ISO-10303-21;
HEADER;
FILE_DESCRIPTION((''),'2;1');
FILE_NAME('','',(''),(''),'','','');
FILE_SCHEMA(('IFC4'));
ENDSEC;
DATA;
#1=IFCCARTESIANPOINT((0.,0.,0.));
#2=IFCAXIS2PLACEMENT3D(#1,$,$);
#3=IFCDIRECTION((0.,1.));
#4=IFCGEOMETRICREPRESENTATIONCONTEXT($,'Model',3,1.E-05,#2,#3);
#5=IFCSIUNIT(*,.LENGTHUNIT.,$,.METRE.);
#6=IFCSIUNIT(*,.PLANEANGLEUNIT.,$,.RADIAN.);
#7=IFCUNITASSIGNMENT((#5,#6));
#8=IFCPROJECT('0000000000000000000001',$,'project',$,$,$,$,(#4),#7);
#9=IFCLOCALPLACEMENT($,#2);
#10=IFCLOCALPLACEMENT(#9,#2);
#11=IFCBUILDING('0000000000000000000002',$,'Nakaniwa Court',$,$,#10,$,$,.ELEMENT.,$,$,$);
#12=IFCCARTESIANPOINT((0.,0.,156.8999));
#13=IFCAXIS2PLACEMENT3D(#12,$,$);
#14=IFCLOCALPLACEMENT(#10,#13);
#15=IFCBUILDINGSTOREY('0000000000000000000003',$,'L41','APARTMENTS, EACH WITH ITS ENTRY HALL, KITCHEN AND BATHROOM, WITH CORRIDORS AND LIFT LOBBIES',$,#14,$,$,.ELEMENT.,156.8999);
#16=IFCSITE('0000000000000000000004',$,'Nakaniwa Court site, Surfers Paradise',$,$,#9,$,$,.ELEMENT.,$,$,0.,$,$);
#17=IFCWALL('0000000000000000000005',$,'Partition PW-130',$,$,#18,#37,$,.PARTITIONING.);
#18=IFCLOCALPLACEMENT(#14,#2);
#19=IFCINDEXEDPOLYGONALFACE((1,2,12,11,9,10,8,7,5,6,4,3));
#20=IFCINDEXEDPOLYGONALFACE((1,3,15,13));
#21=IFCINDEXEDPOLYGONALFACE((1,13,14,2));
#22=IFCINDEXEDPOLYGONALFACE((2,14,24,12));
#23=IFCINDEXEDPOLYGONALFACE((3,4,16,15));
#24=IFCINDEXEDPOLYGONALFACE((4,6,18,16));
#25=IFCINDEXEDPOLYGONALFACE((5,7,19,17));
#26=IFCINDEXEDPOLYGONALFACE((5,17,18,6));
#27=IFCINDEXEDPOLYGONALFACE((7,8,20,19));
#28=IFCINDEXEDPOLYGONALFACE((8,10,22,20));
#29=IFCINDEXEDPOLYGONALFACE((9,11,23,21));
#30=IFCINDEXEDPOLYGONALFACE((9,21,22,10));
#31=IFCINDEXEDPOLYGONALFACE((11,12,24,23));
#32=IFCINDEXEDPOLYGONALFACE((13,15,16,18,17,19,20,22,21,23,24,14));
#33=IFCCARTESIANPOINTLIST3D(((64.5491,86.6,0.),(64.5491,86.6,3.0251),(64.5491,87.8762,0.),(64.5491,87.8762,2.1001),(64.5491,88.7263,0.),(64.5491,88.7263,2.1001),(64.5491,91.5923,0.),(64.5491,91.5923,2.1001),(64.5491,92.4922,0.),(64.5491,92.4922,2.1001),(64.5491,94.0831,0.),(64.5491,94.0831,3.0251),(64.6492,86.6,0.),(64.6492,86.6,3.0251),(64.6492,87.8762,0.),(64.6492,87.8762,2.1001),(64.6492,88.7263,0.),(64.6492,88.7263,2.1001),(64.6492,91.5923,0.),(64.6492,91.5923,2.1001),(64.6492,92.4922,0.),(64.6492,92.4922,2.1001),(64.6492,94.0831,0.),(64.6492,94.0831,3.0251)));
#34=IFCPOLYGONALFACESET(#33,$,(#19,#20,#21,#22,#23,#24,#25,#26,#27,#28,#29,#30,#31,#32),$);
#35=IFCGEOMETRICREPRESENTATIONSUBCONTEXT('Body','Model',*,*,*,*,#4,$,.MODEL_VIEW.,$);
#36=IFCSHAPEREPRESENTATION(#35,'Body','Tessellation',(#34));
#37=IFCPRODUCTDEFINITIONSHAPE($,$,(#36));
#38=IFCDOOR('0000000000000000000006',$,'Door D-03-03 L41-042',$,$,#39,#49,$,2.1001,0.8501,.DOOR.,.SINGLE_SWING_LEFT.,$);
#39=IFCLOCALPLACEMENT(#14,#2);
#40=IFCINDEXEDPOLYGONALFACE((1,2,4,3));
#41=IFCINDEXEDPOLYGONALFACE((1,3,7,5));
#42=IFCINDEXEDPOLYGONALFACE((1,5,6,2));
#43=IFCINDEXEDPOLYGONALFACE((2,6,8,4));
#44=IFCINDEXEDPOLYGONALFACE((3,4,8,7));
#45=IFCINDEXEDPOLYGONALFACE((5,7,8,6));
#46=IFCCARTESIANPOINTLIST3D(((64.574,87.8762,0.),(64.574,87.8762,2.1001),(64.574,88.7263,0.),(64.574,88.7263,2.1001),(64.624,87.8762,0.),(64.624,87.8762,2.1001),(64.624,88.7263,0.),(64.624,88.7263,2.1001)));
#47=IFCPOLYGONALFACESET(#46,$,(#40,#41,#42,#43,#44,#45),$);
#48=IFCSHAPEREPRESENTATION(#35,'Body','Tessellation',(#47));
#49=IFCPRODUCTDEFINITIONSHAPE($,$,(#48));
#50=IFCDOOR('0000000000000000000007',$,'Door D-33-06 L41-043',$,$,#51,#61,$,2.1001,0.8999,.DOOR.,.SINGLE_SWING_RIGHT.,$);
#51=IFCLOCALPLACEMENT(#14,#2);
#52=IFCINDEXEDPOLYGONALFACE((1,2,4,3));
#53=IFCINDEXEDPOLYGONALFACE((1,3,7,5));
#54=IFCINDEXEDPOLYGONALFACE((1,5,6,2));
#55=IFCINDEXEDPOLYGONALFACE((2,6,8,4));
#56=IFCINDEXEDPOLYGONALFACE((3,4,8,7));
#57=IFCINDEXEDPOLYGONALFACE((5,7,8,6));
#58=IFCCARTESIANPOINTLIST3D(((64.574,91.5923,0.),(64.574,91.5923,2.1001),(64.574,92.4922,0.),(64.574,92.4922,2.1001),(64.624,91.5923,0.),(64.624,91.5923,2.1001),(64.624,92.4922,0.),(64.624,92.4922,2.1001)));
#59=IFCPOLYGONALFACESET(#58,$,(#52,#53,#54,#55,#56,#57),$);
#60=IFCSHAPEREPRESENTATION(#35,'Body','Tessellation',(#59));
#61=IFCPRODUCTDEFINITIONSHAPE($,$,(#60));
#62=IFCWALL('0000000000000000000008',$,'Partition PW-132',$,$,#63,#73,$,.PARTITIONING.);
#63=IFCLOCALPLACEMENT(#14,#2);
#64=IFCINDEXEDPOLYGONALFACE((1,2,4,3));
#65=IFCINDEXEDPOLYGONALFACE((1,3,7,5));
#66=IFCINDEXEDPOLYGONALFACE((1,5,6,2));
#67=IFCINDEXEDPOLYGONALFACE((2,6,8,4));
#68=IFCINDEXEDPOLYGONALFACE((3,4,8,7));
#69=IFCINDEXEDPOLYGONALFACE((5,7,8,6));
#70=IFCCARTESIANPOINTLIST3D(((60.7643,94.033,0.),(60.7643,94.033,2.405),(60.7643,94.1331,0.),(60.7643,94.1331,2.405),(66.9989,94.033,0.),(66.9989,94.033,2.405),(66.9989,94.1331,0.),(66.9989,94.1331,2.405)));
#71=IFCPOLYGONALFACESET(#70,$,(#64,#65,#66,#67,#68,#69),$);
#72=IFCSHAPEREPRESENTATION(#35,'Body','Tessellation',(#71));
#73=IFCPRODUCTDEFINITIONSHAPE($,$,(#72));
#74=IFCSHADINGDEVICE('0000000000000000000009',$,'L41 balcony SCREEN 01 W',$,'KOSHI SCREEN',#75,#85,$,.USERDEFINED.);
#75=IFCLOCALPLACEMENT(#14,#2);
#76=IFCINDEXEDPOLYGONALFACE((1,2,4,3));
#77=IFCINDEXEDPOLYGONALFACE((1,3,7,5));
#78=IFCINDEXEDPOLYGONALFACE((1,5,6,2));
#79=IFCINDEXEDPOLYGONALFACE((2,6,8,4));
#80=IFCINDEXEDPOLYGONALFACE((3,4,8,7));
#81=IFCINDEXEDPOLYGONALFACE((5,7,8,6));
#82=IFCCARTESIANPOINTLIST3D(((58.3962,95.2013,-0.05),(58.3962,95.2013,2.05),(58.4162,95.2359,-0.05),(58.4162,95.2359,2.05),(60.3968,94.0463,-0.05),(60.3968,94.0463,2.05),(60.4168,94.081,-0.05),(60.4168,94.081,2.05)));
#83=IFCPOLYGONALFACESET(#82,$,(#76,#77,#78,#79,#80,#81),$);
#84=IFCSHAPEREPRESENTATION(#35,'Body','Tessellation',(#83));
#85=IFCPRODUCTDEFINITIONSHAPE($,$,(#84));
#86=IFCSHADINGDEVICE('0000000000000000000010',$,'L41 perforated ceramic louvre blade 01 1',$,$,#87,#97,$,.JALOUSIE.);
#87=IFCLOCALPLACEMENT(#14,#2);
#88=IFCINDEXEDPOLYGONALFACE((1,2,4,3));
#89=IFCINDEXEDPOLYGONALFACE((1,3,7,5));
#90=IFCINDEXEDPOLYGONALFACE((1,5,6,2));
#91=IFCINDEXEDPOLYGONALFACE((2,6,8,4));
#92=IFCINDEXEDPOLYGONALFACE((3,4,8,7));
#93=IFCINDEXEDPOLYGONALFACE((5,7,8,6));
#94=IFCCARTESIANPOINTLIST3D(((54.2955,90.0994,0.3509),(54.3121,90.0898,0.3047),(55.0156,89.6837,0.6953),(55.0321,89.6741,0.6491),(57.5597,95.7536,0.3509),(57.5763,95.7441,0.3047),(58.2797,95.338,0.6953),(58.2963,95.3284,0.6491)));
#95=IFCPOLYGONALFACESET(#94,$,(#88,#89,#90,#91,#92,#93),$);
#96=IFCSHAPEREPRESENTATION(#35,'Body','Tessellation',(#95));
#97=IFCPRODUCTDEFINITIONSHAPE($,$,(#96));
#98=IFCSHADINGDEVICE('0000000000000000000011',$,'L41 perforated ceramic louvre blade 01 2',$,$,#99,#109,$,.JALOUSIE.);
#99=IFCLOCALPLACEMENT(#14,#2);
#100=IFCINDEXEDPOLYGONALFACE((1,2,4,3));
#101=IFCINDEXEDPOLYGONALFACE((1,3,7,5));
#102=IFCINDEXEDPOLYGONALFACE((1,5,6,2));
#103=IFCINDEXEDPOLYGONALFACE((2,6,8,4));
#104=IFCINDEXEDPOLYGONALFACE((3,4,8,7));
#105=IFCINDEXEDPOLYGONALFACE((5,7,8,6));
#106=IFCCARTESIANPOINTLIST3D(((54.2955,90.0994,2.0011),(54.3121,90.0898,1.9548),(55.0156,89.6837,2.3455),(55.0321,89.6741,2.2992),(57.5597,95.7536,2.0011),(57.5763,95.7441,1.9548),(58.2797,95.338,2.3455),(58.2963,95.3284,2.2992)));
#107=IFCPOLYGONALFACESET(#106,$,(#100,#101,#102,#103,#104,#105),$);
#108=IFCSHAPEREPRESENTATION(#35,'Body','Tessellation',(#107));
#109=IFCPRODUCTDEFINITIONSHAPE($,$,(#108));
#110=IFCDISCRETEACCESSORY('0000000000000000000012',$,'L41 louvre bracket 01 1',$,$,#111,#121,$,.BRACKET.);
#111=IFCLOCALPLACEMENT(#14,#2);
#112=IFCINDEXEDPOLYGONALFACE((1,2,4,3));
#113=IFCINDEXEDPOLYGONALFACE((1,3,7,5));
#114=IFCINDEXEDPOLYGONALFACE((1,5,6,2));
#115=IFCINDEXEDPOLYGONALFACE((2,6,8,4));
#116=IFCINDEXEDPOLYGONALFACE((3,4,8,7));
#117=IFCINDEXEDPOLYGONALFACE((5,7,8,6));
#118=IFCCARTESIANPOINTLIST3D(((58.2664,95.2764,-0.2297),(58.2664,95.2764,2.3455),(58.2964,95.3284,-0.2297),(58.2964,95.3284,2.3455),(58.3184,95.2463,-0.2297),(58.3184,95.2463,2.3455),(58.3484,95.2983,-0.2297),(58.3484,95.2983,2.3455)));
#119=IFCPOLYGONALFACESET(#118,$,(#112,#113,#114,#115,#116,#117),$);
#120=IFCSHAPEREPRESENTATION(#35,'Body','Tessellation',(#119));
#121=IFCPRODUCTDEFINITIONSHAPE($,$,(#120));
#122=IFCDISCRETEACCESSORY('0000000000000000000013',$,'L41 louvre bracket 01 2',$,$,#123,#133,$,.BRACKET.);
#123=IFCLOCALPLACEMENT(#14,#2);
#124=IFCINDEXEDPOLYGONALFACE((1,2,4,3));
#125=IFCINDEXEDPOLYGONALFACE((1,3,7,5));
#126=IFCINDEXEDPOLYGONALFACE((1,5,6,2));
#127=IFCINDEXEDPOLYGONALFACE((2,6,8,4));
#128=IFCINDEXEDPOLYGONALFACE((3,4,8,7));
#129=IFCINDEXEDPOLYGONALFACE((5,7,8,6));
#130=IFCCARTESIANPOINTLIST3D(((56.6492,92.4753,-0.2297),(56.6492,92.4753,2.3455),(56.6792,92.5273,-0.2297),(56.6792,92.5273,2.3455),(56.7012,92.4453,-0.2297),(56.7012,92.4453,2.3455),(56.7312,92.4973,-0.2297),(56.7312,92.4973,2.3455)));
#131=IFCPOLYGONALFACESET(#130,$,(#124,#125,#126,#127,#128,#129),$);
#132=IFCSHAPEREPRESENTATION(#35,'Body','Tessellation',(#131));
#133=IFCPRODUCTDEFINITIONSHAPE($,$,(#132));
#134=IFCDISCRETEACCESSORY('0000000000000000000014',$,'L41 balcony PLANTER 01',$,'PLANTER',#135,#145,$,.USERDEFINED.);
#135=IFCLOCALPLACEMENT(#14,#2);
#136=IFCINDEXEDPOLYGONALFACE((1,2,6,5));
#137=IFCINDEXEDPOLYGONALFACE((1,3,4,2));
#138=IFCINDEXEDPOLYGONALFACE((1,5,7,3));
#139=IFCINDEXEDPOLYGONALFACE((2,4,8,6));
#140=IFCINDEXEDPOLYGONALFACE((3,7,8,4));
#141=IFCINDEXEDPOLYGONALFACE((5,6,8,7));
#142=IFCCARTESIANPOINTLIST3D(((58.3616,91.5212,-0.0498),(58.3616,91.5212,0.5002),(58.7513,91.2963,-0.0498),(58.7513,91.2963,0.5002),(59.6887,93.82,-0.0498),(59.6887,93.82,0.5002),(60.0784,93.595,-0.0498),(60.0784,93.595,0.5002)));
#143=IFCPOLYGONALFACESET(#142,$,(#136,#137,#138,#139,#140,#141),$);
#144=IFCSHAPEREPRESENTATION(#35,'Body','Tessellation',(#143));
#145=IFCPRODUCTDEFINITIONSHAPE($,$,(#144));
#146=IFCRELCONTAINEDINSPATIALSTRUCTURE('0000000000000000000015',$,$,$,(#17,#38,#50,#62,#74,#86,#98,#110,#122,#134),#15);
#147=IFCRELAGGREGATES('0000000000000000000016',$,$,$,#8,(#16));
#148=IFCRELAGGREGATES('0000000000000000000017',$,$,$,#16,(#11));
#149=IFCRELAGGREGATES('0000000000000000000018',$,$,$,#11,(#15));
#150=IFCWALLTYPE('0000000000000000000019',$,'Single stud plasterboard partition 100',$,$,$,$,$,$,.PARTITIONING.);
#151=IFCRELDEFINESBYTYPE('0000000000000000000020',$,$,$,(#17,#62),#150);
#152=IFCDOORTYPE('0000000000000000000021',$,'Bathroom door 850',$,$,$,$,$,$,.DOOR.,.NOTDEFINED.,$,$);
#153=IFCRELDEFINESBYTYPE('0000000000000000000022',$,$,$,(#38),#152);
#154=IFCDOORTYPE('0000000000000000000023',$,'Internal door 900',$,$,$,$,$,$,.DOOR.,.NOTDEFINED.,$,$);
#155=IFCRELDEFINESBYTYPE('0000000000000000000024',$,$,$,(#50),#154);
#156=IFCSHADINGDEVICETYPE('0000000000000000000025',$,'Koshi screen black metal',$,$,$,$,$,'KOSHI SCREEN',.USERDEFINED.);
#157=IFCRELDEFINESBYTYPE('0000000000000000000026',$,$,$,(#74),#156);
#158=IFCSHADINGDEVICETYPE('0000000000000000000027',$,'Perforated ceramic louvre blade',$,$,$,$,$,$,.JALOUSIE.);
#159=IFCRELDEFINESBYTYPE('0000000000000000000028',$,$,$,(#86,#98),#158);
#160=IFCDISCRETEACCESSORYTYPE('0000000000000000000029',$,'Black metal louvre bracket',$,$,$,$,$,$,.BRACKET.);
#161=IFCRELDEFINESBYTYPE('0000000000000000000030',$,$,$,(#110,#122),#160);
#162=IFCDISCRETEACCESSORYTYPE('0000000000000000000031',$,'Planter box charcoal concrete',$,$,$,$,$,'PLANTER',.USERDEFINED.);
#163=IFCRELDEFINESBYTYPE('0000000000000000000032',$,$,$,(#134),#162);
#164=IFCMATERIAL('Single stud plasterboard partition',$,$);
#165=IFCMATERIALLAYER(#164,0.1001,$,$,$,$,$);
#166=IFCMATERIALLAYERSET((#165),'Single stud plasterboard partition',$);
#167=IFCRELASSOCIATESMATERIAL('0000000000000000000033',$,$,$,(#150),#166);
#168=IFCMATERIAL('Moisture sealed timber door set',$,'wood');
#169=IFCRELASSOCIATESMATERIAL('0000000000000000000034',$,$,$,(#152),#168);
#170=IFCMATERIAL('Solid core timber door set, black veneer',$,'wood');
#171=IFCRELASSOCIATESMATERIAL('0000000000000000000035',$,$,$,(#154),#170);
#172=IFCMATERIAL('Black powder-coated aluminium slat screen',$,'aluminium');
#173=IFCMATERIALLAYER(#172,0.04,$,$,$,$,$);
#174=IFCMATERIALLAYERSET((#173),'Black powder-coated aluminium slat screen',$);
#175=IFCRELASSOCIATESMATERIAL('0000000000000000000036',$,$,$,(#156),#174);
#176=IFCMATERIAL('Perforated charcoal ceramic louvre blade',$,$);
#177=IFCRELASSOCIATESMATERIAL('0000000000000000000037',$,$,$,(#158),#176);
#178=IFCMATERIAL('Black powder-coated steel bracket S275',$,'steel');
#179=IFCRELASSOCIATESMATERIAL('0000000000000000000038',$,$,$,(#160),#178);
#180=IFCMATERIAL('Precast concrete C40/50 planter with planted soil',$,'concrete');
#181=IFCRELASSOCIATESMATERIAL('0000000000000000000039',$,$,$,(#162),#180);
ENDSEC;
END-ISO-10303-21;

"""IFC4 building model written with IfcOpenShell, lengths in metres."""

from ifc_helpers import new_model, si_unit, direction, frame, frame_2d, origin, origin_2d, place, context, subcontext, project, spatial, rectangle, extrude, material, layer, layer_set, material_profile, profile_set, type_object, element, fill, save


model = new_model("IFC4")

# Units and contexts
model_context = context("Model", 3, precision=1e-05, world=origin(), true_north=direction((0.0, 1.0)))
body_context = subcontext(model_context, "Body", "Model", "MODEL_VIEW")
ifc_project = project(units=[si_unit("LENGTHUNIT", "METRE"), si_unit("PLANEANGLEUNIT", "RADIAN")], contexts=[model_context])

# Site, building, storey
site_placement = place(None, origin())
site = spatial("IfcSite", under=ifc_project, at=site_placement, Name="Nakaniwa Court site, Surfers Paradise", CompositionType="ELEMENT", RefElevation=0.0)
building_placement = place(site_placement, origin())
building = spatial("IfcBuilding", under=site, at=building_placement, Name="Nakaniwa Court", CompositionType="ELEMENT")
storey_placement = place(building_placement, frame((0.0, 0.0, 156.8999)))
storey = spatial("IfcBuildingStorey", under=building, at=storey_placement, Name="L41", Description="APARTMENTS, EACH WITH ITS ENTRY HALL, KITCHEN AND BATHROOM, WITH CORRIDORS AND LIFT LOBBIES", CompositionType="ELEMENT", Elevation=156.8999)

# Shared definitions
ifc_material_1 = material(Name="Solid core timber door set, black veneer", Category="wood")

# Wall, openings, doors
ifc_material_2 = material(Name="Single stud plasterboard partition")
ifc_layer_1 = layer(ifc_material_2, 0.1001)
ifc_layer_set_1 = layer_set([ifc_layer_1], Name="Single stud plasterboard partition")
wall_type_1 = type_object("IfcWallType", Name="Single stud plasterboard partition 100", PredefinedType="PARTITIONING", material=ifc_layer_set_1)
wall_1_placement = place(storey_placement, frame((64.5991, 94.0833, 0.0), z_axis=(0.0, 0.0, 1.0), x_axis=(0.0, -1.0, 0.0)))
wall_1 = element("IfcWall", 1, at=wall_1_placement, inside=storey, type_object=wall_type_1, Name="Partition PW-130", PredefinedType="PARTITIONING", context=body_context, shape_type="SweptSolid", body=[
    extrude(rectangle(XDim=7.4832, YDim=0.1001, at=frame_2d((3.7417, 0.0))), origin(), (0.0, 0.0, 1.0), 3.0251),
])
opening_1_placement = place(wall_1_placement, frame((5.3569, 0.0, 0.0)))
opening_1 = element("IfcOpeningElement", 2, at=opening_1_placement, cuts=wall_1, PredefinedType="OPENING", context=body_context, shape_type="SweptSolid", body=[
    extrude(rectangle(XDim=0.8501, YDim=2.1001, at=frame_2d((0.425, 1.05))), frame((0.0, 0.0601, 0.0), z_axis=(0.0, -1.0, 0.0), x_axis=(1.0, 0.0, 0.0)), (0.0, 0.0, 1.0), 0.1201),
])
opening_2_placement = place(wall_1_placement, frame((1.5911, 0.0, 0.0)))
opening_2 = element("IfcOpeningElement", 3, at=opening_2_placement, cuts=wall_1, PredefinedType="OPENING", context=body_context, shape_type="SweptSolid", body=[
    extrude(rectangle(XDim=0.8999, YDim=2.1001, at=frame_2d((0.45, 1.05))), frame((0.0, 0.0601, 0.0), z_axis=(0.0, -1.0, 0.0), x_axis=(1.0, 0.0, 0.0)), (0.0, 0.0, 1.0), 0.1201),
])
ifc_material_3 = material(Name="Moisture sealed timber door set", Category="wood")
door_type_1 = type_object("IfcDoorType", Name="Bathroom door 850", OperationType="NOTDEFINED", PredefinedType="DOOR", material=ifc_material_3)
door_1_placement = place(opening_1_placement, origin())
door_1 = element("IfcDoor", 4, at=door_1_placement, inside=storey, type_object=door_type_1, Name="Door D-03-03 L41-042", OperationType="SINGLE_SWING_LEFT", OverallHeight=2.1001, OverallWidth=0.8501, PredefinedType="DOOR", context=body_context, shape_type="SweptSolid", body=[
    extrude(rectangle(XDim=0.8501, YDim=2.1001, at=frame_2d((0.425, 1.05))), frame((0.0, 0.0249, 0.0), z_axis=(0.0, -1.0, 0.0), x_axis=(1.0, 0.0, 0.0)), (0.0, 0.0, 1.0), 0.05),
])
fill(opening_1, door_1)
door_type_2 = type_object("IfcDoorType", Name="Internal door 900", OperationType="NOTDEFINED", PredefinedType="DOOR", material=ifc_material_1)
door_2_placement = place(opening_2_placement, origin())
door_2 = element("IfcDoor", 5, at=door_2_placement, inside=storey, type_object=door_type_2, Name="Door D-33-06 L41-043", OperationType="SINGLE_SWING_RIGHT", OverallHeight=2.1001, OverallWidth=0.8999, PredefinedType="DOOR", context=body_context, shape_type="SweptSolid", body=[
    extrude(rectangle(XDim=0.8999, YDim=2.1001, at=frame_2d((0.45, 1.05))), frame((0.0, 0.0249, 0.0), z_axis=(0.0, -1.0, 0.0), x_axis=(1.0, 0.0, 0.0)), (0.0, 0.0, 1.0), 0.05),
])
fill(opening_2, door_2)

# Wall
wall_2_placement = place(storey_placement, frame((60.7644, 94.083, 0.0), z_axis=(0.0, 0.0, 1.0), x_axis=(1.0, 0.0, 0.0)))
element("IfcWall", 6, at=wall_2_placement, inside=storey, type_object=wall_type_1, Name="Partition PW-132", PredefinedType="PARTITIONING", context=body_context, shape_type="SweptSolid", body=[
    extrude(rectangle(XDim=6.2346, YDim=0.1001, at=frame_2d((3.1172, 0.0))), origin(), (0.0, 0.0, 1.0), 2.405),
])

# Shading devices
ifc_material_4 = material(Name="Black powder-coated aluminium slat screen", Category="aluminium")
ifc_layer_2 = layer(ifc_material_4, 0.04)
ifc_layer_set_2 = layer_set([ifc_layer_2], Name="Black powder-coated aluminium slat screen")
shading_device_type_1 = type_object("IfcShadingDeviceType", Name="Koshi screen black metal", ElementType="KOSHI SCREEN", PredefinedType="USERDEFINED", material=ifc_layer_set_2)
shading_device_placement = place(storey_placement, frame((59.4065, 94.6411, -0.05), z_axis=(0.0, 0.0, 1.0), x_axis=(-0.499976, -0.866039, 0.0)))
element("IfcShadingDevice", 7, at=shading_device_placement, inside=storey, type_object=shading_device_type_1, Name="L41 balcony SCREEN 01 W", ObjectType="KOSHI SCREEN", PredefinedType="USERDEFINED", context=body_context, shape_type="SweptSolid", body=[
    extrude(rectangle(XDim=0.04, YDim=2.3101, at=origin_2d()), origin(), (0.0, 0.0, 1.0), 2.1001),
])
ifc_material_5 = material(Name="Perforated charcoal ceramic louvre blade")
ifc_material_profile_1 = material_profile(ifc_material_5, rectangle(XDim=0.8999, YDim=0.05, at=origin_2d()), Name="Perforated ceramic louvre blade")
ifc_profile_set_1 = profile_set([ifc_material_profile_1], Name="Perforated charcoal ceramic louvre blade")
shading_device_type_2 = type_object("IfcShadingDeviceType", Name="Perforated ceramic louvre blade", PredefinedType="JALOUSIE", material=ifc_profile_set_1)
for number, where, z_axis, x_axis, name in (
    (8, (57.928, 95.541, 0.5), (-0.49996, -0.866049, 0.0), (0.800125, -0.461903, 0.382683), "L41 perforated ceramic louvre blade 01 1"),
    (9, (57.928, 95.541, 2.1501), (-0.49996, -0.866049, 0.0), (0.800125, -0.461903, 0.382683), "L41 perforated ceramic louvre blade 01 2"),
):
    element("IfcShadingDevice", number, at=place(storey_placement, frame(where, z_axis=z_axis, x_axis=x_axis)), inside=storey, type_object=shading_device_type_2, Name=name, PredefinedType="JALOUSIE", context=body_context, shape_type="SweptSolid", body=[
        extrude(rectangle(XDim=0.8999, YDim=0.05, at=origin_2d()), origin(), (0.0, 0.0, 1.0), 6.5288),
    ])

# Discrete accessories
ifc_material_6 = material(Name="Black powder-coated steel bracket S275", Category="steel")
discrete_accessory_type_1 = type_object("IfcDiscreteAccessoryType", Name="Black metal louvre bracket", PredefinedType="BRACKET", material=ifc_material_6)
for number, where, z_axis, x_axis, name in (
    (10, (58.3074, 95.2874, -0.2297), (0.0, 0.0, 1.0), (-0.499976, -0.866039, 0.0), "L41 louvre bracket 01 1"),
    (11, (56.6902, 92.4863, -0.2297), (0.0, 0.0, 1.0), (-0.499976, -0.866039, 0.0), "L41 louvre bracket 01 2"),
):
    element("IfcDiscreteAccessory", number, at=place(storey_placement, frame(where, z_axis=z_axis, x_axis=x_axis)), inside=storey, type_object=discrete_accessory_type_1, Name=name, PredefinedType="BRACKET", context=body_context, shape_type="SweptSolid", body=[
        extrude(rectangle(XDim=0.0601, YDim=0.0601, at=origin_2d()), origin(), (0.0, 0.0, 1.0), 2.5752),
    ])
ifc_material_7 = material(Name="Precast concrete C40/50 planter with planted soil", Category="concrete")
discrete_accessory_type_2 = type_object("IfcDiscreteAccessoryType", Name="Planter box charcoal concrete", ElementType="PLANTER", PredefinedType="USERDEFINED", material=ifc_material_7)
discrete_accessory_placement = place(storey_placement, frame((59.22, 92.5581, -0.0498), z_axis=(0.0, 0.0, 1.0), x_axis=(-0.499976, -0.866039, 0.0)))
element("IfcDiscreteAccessory", 12, at=discrete_accessory_placement, inside=storey, type_object=discrete_accessory_type_2, Name="L41 balcony PLANTER 01", ObjectType="PLANTER", PredefinedType="USERDEFINED", context=body_context, shape_type="SweptSolid", body=[
    extrude(rectangle(XDim=2.6543, YDim=0.45, at=origin_2d()), origin(), (0.0, 0.0, 1.0), 0.55),
])

save(model, "model.ifc")
